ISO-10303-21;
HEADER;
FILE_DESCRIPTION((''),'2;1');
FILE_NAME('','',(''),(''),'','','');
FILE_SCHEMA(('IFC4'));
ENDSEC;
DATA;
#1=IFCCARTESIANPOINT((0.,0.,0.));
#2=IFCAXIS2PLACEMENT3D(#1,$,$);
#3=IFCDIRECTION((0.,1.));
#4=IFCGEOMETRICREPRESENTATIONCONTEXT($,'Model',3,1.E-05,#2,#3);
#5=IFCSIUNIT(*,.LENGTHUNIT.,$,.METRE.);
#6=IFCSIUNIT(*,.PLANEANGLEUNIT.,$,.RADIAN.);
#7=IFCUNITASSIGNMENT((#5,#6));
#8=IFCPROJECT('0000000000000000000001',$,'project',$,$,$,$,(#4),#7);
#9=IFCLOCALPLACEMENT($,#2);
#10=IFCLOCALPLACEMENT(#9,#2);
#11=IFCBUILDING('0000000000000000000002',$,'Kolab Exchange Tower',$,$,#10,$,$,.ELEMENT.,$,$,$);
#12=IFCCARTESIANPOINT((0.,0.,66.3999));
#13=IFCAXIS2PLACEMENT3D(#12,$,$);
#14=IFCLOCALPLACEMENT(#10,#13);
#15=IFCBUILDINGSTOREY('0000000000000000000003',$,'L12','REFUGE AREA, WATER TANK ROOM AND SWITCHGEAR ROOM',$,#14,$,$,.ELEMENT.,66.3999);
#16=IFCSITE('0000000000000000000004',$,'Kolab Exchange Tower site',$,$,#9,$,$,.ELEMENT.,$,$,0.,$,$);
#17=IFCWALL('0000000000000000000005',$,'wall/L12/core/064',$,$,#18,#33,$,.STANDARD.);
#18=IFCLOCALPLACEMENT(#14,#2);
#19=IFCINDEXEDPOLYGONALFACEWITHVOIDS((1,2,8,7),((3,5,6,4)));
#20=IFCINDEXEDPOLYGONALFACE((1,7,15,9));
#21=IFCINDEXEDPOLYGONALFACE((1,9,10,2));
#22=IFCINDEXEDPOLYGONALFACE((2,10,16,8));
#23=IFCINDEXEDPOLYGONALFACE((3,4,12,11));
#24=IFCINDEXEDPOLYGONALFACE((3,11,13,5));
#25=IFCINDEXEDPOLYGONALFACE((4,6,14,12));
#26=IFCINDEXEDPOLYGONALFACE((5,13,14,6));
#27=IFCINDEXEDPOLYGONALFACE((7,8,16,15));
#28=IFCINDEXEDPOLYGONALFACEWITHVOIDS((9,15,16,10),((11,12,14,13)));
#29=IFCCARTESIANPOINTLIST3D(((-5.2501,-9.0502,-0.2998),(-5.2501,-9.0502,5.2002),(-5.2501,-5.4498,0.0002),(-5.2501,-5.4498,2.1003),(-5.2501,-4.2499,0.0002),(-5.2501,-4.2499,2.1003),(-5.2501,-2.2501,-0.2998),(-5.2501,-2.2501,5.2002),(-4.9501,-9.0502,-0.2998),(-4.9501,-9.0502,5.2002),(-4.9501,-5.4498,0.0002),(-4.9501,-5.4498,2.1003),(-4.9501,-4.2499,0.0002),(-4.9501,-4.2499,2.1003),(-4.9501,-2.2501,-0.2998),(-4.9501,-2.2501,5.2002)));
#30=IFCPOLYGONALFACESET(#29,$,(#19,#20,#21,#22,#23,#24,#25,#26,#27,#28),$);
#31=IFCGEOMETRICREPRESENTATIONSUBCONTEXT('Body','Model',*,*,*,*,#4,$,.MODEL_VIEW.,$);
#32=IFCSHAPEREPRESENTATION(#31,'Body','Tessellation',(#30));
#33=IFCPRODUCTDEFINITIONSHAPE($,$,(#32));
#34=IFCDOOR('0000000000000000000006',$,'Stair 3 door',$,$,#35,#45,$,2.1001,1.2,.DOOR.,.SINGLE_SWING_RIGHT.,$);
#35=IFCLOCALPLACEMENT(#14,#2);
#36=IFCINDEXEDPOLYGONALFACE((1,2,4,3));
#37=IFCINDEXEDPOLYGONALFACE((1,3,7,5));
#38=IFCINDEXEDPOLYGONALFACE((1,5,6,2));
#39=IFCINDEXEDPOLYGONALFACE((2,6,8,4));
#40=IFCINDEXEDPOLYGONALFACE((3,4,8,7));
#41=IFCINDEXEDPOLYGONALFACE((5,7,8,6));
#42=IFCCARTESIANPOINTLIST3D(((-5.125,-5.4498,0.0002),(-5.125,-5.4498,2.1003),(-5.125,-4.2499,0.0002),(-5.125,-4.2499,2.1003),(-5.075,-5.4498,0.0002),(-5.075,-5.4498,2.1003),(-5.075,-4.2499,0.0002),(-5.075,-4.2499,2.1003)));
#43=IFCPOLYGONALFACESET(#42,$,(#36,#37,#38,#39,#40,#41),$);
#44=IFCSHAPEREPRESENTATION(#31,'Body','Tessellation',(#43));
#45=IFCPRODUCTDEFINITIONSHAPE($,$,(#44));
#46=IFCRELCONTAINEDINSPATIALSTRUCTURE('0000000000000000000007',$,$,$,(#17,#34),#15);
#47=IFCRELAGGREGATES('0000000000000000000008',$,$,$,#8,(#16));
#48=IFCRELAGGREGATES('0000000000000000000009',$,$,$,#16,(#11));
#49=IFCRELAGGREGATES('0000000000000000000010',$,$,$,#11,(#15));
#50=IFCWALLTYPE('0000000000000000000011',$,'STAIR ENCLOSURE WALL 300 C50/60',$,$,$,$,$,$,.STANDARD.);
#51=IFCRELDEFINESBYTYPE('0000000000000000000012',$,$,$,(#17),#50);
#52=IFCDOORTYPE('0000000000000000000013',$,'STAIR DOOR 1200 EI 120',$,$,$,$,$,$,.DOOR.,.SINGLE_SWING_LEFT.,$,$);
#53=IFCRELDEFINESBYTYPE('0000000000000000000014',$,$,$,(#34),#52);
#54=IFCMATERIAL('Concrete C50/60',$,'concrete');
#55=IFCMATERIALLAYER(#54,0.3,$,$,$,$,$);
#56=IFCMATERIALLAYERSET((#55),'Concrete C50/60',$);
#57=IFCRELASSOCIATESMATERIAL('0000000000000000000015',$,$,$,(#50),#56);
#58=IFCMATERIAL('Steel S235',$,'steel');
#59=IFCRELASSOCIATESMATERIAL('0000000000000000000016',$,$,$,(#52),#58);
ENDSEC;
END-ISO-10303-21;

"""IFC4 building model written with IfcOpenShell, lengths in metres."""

from ifc_helpers import new_model, si_unit, direction, frame, frame_2d, origin, place, context, subcontext, project, spatial, rectangle, extrude, material, layer, layer_set, type_object, element, fill, save


model = new_model("IFC4")

# Units and contexts
model_context = context("Model", 3, precision=1e-05, world=origin(), true_north=direction((0.0, 1.0)))
body_context = subcontext(model_context, "Body", "Model", "MODEL_VIEW")
ifc_project = project(units=[si_unit("LENGTHUNIT", "METRE"), si_unit("PLANEANGLEUNIT", "RADIAN")], contexts=[model_context])

# Site, building, storey
site_placement = place(None, origin())
site = spatial("IfcSite", under=ifc_project, at=site_placement, Name="Kolab Exchange Tower site", CompositionType="ELEMENT", RefElevation=0.0)
building_placement = place(site_placement, origin())
building = spatial("IfcBuilding", under=site, at=building_placement, Name="Kolab Exchange Tower", CompositionType="ELEMENT")
storey_placement = place(building_placement, frame((0.0, 0.0, 66.3999)))
storey = spatial("IfcBuildingStorey", under=building, at=storey_placement, Name="L12", Description="REFUGE AREA, WATER TANK ROOM AND SWITCHGEAR ROOM", CompositionType="ELEMENT", Elevation=66.3999)

# Shared definitions
ifc_material_1 = material(Name="Steel S235", Category="steel")
ifc_material_2 = material(Name="Concrete C50/60", Category="concrete")

# Wall, opening, door
ifc_layer_1 = layer(ifc_material_2, 0.3)
ifc_layer_set_1 = layer_set([ifc_layer_1], Name="Concrete C50/60")
wall_type_1 = type_object("IfcWallType", Name="STAIR ENCLOSURE WALL 300 C50/60", PredefinedType="STANDARD", material=ifc_layer_set_1)
wall_1_placement = place(storey_placement, frame((-5.1001, -9.05, -0.2998), z_axis=(0.0, 0.0, 1.0), x_axis=(0.0, 1.0, 0.0)))
wall_1 = element("IfcWall", 1, at=wall_1_placement, inside=storey, type_object=wall_type_1, Name="wall/L12/core/064", PredefinedType="STANDARD", context=body_context, shape_type="SweptSolid", body=[
    extrude(rectangle(XDim=6.8, YDim=0.3, at=frame_2d((3.3999, 0.0))), origin(), (0.0, 0.0, 1.0), 5.5),
])
opening_1_placement = place(wall_1_placement, frame((3.6001, 0.0, 0.3)))
opening_1 = element("IfcOpeningElement", 2, at=opening_1_placement, cuts=wall_1, PredefinedType="OPENING", context=body_context, shape_type="SweptSolid", body=[
    extrude(rectangle(XDim=1.2, YDim=2.1001, at=frame_2d((0.6001, 1.05))), frame((0.0, 0.1602, 0.0), z_axis=(0.0, -1.0, 0.0), x_axis=(1.0, 0.0, 0.0)), (0.0, 0.0, 1.0), 0.3201),
])
door_type_1 = type_object("IfcDoorType", Name="STAIR DOOR 1200 EI 120", OperationType="SINGLE_SWING_LEFT", PredefinedType="DOOR", material=ifc_material_1)
door_1_placement = place(opening_1_placement, origin())
door_1 = element("IfcDoor", 3, at=door_1_placement, inside=storey, type_object=door_type_1, Name="Stair 3 door", OperationType="SINGLE_SWING_RIGHT", OverallHeight=2.1001, OverallWidth=1.2, PredefinedType="DOOR", context=body_context, shape_type="SweptSolid", body=[
    extrude(rectangle(XDim=1.2, YDim=2.1001, at=frame_2d((0.6001, 1.05))), frame((0.0, 0.0249, 0.0), z_axis=(0.0, -1.0, 0.0), x_axis=(1.0, 0.0, 0.0)), (0.0, 0.0, 1.0), 0.05),
])
fill(opening_1, door_1)

save(model, "model.ifc")
